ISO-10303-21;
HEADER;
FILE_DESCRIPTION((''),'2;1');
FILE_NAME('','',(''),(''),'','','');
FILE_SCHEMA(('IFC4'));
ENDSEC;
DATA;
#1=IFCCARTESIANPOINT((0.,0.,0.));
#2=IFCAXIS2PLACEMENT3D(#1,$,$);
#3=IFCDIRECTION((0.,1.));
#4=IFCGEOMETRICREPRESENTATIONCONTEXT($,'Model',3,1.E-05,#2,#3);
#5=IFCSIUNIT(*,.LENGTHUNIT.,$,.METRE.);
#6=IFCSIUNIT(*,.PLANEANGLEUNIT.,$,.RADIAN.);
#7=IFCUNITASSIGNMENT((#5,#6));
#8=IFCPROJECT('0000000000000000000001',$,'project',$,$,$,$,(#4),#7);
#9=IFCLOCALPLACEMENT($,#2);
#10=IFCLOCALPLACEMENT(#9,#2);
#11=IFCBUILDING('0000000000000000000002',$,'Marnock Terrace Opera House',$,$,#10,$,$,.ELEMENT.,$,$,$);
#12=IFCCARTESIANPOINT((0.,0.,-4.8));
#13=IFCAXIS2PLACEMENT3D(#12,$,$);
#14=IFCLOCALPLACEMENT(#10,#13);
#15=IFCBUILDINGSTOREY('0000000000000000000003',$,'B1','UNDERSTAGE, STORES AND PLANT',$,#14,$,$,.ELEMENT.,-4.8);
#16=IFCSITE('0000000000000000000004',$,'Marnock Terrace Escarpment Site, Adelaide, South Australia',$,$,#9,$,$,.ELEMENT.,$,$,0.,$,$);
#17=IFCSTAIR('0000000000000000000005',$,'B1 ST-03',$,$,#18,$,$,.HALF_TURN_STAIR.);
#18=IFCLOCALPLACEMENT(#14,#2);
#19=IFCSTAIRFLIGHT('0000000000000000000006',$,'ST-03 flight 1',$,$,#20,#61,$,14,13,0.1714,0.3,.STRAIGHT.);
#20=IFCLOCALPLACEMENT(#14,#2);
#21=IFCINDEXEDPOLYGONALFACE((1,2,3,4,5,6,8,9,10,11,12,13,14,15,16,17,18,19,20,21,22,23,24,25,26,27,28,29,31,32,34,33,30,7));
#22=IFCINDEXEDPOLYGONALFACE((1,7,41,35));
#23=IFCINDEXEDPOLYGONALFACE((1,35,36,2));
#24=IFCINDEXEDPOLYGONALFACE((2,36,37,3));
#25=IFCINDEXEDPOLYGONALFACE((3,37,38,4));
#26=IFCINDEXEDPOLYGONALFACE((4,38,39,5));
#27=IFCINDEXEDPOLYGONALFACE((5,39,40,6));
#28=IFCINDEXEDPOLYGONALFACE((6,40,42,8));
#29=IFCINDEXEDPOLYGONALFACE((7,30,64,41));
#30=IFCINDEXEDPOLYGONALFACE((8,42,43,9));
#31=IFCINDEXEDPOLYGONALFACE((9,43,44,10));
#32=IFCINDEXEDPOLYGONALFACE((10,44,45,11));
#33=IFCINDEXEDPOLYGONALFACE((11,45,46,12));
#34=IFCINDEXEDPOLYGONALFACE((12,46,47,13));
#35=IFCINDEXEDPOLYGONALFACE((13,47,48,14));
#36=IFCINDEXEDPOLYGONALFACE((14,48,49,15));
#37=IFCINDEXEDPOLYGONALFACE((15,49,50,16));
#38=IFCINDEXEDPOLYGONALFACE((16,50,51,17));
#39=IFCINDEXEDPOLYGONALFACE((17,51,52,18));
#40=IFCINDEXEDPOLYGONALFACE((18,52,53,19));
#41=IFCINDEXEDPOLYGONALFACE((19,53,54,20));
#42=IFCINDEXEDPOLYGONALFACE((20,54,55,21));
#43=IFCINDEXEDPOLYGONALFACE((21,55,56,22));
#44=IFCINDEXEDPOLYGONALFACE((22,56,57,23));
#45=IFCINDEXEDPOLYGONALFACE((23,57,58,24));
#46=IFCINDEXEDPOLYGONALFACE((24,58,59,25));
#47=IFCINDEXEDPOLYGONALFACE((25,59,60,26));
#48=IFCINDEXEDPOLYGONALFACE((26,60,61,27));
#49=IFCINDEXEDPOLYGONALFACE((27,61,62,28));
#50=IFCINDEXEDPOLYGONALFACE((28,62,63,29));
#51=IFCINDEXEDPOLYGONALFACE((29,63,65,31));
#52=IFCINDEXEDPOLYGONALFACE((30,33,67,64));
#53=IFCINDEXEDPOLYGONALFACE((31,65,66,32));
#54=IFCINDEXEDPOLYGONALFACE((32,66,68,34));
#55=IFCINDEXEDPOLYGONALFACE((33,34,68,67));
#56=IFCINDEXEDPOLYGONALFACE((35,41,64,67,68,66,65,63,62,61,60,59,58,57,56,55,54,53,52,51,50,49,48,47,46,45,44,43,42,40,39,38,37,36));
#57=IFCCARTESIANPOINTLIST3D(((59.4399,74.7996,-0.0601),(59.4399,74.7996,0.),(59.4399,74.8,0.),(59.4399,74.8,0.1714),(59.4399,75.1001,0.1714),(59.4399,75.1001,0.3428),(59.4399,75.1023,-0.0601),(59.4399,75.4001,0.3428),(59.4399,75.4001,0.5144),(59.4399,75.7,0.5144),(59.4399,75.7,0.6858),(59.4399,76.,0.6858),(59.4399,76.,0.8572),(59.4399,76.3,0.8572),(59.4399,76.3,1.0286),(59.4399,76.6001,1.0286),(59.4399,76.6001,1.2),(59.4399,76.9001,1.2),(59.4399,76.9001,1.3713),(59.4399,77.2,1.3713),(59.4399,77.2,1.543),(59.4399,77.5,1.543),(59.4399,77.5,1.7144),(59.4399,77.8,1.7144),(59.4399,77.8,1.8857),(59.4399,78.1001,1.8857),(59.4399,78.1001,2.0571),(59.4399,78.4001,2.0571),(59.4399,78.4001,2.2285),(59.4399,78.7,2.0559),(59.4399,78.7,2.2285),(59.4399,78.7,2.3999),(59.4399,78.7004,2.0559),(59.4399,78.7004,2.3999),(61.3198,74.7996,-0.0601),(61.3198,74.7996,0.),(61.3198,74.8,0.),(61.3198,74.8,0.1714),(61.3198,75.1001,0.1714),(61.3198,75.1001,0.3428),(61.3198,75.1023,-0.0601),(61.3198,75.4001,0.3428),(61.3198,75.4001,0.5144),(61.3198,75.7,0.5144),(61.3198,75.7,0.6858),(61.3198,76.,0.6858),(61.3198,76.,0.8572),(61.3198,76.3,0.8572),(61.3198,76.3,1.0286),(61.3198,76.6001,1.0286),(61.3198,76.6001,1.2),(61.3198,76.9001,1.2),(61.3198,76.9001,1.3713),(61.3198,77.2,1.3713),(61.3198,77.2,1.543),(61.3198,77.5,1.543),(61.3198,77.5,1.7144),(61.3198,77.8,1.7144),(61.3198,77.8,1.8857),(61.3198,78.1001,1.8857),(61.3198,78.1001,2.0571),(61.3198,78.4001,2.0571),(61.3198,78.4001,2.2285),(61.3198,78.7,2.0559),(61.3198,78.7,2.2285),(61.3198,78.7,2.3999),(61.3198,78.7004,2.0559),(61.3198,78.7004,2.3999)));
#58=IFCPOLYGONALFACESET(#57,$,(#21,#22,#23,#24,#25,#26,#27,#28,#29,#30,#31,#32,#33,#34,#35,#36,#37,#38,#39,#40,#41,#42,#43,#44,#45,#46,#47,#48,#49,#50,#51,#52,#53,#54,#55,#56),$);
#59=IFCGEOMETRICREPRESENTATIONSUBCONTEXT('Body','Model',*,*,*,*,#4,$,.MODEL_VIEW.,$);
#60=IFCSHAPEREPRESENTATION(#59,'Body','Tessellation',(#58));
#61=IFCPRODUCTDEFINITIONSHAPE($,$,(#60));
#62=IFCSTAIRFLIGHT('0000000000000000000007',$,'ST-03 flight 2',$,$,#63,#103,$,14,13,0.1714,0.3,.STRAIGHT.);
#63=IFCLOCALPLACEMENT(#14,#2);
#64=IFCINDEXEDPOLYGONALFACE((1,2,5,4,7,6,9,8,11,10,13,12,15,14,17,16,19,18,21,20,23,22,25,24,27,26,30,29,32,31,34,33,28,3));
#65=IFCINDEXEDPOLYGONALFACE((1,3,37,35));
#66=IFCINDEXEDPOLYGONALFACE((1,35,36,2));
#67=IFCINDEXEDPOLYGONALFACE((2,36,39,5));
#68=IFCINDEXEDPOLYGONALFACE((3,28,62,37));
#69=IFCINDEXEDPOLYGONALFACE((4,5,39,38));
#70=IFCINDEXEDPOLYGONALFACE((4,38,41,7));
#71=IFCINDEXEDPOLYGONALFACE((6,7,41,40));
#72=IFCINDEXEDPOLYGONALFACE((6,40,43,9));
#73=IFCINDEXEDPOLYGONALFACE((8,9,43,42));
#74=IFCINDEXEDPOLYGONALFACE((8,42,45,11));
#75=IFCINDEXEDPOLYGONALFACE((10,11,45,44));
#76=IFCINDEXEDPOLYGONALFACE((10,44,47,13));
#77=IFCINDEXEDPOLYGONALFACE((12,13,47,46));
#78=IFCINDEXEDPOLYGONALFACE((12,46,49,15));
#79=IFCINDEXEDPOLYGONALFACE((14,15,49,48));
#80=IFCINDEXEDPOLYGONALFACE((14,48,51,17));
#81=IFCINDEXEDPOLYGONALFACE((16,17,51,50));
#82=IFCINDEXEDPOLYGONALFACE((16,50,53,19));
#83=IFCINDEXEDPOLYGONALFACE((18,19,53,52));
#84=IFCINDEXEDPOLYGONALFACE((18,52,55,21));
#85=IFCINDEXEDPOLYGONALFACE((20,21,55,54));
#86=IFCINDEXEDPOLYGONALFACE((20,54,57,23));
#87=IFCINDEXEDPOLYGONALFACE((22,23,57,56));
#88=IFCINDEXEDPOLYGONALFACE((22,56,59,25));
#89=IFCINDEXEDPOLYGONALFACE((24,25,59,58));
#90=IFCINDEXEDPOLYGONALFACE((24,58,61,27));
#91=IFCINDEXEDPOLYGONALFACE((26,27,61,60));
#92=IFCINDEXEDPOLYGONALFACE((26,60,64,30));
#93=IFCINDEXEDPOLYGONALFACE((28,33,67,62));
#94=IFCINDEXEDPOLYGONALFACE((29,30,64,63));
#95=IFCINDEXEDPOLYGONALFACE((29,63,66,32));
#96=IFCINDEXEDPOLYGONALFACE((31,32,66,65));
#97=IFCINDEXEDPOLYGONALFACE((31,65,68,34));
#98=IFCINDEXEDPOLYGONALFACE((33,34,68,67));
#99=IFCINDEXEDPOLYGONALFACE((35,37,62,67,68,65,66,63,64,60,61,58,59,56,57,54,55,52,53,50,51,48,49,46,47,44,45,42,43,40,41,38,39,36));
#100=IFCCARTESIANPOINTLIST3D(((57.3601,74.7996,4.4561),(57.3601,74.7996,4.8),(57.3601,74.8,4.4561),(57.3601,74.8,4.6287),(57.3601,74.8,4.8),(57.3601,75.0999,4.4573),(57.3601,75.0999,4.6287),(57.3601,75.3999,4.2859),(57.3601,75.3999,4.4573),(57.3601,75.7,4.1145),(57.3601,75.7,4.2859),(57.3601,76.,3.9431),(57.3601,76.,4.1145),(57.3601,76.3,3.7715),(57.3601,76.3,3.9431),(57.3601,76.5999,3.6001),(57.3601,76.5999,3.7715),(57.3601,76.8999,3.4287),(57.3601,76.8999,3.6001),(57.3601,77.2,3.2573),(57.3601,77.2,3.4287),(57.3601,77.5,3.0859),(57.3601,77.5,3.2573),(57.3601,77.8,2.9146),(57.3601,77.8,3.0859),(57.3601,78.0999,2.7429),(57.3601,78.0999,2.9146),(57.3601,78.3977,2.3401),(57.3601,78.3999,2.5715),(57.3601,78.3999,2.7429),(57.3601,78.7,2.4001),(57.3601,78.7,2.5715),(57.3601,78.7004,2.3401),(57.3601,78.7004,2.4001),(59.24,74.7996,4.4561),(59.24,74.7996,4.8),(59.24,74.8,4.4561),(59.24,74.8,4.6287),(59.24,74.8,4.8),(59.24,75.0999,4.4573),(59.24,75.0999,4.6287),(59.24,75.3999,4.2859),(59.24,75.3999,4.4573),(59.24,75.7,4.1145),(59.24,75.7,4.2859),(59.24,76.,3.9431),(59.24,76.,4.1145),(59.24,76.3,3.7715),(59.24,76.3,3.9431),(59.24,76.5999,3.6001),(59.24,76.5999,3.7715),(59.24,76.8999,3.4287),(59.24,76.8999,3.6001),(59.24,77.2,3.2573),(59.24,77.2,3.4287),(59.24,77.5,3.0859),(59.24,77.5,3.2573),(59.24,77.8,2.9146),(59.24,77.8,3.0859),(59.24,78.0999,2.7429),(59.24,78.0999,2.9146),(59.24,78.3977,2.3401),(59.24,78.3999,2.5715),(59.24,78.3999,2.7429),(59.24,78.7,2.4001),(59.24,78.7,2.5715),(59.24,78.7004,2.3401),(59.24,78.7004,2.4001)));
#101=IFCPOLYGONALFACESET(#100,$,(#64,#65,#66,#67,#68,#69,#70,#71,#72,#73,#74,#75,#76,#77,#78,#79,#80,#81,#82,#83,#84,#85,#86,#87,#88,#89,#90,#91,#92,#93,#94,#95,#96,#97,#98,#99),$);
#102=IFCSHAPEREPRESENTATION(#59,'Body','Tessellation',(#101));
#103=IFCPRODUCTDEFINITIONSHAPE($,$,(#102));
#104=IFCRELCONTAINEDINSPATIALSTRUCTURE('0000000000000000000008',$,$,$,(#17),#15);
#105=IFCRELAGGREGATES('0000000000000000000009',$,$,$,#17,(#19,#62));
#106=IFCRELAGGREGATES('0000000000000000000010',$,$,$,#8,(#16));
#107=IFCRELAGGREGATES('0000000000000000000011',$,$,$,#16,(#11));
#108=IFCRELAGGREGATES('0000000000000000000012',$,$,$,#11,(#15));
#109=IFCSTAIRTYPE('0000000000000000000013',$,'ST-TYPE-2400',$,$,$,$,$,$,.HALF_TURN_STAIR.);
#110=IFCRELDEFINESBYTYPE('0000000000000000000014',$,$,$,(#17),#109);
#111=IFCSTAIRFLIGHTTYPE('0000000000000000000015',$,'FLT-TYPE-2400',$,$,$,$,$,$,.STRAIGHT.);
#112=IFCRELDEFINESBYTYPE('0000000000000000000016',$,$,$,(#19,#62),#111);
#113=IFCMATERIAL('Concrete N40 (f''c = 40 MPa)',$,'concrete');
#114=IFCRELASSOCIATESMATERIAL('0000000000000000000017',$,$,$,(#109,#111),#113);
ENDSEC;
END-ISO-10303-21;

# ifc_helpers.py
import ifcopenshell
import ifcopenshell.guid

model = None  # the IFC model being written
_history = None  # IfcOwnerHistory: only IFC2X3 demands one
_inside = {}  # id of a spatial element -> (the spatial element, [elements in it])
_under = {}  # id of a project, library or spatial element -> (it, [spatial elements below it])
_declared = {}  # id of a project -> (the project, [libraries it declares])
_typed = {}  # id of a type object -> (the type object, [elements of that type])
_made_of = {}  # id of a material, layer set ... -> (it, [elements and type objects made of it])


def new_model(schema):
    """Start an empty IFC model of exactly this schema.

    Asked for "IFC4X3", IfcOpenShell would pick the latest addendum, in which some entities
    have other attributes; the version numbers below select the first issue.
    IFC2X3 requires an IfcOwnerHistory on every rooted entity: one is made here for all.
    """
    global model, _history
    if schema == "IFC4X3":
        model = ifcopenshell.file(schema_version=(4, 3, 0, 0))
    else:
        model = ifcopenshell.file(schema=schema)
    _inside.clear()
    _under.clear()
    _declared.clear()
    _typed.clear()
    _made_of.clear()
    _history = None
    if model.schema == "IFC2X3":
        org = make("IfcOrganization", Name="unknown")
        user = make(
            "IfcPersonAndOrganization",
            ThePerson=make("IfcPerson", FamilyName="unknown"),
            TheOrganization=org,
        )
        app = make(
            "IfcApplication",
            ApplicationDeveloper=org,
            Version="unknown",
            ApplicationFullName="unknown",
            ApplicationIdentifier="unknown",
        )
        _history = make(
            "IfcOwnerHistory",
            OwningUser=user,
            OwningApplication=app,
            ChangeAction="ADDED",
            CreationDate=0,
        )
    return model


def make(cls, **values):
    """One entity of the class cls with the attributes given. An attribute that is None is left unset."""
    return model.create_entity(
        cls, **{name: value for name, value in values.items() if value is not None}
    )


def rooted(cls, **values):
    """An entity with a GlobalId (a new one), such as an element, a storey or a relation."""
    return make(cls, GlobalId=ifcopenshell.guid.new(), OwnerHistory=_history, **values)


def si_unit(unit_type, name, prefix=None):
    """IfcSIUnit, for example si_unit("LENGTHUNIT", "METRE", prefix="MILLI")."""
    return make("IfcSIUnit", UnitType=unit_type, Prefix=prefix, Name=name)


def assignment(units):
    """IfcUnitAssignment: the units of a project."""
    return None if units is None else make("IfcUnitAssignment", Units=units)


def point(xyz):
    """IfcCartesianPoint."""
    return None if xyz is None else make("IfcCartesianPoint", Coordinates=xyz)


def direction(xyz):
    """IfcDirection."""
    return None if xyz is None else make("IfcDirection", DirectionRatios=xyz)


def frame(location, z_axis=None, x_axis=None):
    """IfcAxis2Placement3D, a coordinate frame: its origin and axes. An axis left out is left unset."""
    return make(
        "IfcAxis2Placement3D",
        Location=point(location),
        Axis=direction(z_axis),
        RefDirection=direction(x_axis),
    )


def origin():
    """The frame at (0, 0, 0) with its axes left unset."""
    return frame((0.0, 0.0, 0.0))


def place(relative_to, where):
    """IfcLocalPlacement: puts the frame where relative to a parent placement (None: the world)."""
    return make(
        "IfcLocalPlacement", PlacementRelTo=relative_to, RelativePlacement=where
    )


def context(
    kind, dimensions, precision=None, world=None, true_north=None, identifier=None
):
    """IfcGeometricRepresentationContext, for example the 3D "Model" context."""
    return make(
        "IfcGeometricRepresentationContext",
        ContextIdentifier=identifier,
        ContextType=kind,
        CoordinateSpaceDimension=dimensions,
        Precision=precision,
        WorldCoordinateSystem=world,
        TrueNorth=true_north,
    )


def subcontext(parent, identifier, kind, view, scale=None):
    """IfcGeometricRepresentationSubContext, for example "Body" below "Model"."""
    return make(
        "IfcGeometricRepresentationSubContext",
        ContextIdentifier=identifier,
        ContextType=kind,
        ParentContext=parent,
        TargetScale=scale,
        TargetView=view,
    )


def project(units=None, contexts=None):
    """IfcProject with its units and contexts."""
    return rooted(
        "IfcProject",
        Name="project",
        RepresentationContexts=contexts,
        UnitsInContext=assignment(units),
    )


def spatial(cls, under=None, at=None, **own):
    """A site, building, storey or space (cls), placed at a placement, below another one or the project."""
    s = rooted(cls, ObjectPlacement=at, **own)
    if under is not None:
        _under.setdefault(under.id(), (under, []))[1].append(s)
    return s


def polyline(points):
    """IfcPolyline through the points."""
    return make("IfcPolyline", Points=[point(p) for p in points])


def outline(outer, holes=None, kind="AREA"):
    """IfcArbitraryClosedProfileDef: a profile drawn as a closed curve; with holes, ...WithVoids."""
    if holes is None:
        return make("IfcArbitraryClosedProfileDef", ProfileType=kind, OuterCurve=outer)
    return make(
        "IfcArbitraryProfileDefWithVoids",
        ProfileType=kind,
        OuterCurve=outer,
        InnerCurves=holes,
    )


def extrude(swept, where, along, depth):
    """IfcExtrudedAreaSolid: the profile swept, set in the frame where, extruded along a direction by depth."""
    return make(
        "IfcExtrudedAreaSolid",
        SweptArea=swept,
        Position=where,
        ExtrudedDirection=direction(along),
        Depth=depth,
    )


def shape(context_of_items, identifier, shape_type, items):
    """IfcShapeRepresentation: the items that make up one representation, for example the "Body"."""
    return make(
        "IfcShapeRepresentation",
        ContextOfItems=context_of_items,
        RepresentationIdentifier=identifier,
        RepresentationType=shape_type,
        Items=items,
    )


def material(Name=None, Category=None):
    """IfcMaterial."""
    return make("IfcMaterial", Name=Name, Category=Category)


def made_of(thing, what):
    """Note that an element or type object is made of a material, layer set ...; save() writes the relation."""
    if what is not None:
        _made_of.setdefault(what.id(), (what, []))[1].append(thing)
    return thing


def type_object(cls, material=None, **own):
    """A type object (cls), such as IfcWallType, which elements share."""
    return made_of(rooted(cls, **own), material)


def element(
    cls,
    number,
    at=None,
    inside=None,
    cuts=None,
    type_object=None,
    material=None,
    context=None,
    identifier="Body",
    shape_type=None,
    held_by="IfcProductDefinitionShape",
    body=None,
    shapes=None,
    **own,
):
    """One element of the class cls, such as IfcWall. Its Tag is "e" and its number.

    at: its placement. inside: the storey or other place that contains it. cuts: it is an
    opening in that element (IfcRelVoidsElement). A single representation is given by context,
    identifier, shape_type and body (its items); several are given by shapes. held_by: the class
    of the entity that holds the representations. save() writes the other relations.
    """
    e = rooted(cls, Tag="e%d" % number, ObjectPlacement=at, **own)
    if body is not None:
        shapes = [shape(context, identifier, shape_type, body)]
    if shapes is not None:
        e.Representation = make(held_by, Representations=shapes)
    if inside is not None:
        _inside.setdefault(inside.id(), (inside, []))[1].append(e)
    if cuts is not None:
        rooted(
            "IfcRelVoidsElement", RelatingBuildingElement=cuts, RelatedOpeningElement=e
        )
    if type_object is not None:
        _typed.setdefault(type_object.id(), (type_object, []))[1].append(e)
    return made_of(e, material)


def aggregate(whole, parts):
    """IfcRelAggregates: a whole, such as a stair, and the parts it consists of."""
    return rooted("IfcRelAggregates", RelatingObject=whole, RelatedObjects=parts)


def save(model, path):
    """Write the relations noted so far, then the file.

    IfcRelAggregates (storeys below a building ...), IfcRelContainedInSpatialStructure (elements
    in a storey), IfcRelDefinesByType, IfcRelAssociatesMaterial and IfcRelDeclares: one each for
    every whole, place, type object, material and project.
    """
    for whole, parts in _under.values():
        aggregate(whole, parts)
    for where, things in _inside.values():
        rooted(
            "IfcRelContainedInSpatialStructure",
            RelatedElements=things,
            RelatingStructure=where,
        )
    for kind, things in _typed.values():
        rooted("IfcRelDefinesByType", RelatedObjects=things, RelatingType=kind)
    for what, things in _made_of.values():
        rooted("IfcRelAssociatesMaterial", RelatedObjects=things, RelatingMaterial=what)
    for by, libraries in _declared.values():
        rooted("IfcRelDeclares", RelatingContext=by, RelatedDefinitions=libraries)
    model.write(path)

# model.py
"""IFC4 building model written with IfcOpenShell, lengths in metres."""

from ifc_helpers import new_model, si_unit, direction, frame, origin, place, context, subcontext, project, spatial, polyline, outline, extrude, material, type_object, element, aggregate, save


model = new_model("IFC4")

# Units and contexts
model_context = context("Model", 3, precision=1e-05, world=origin(), true_north=direction((0.0, 1.0)))
body_context = subcontext(model_context, "Body", "Model", "MODEL_VIEW")
ifc_project = project(units=[si_unit("LENGTHUNIT", "METRE"), si_unit("PLANEANGLEUNIT", "RADIAN")], contexts=[model_context])

# Site, building, storey
site_placement = place(None, origin())
site = spatial("IfcSite", under=ifc_project, at=site_placement, Name="Marnock Terrace Escarpment Site, Adelaide, South Australia", CompositionType="ELEMENT", RefElevation=0.0)
building_placement = place(site_placement, origin())
building = spatial("IfcBuilding", under=site, at=building_placement, Name="Marnock Terrace Opera House", CompositionType="ELEMENT")
storey_placement = place(building_placement, frame((0.0, 0.0, -4.8)))
storey = spatial("IfcBuildingStorey", under=building, at=storey_placement, Name="B1", Description="UNDERSTAGE, STORES AND PLANT", CompositionType="ELEMENT", Elevation=-4.8)

# Shared definitions
ifc_material_1 = material(Name="Concrete N40 (f'c = 40 MPa)", Category="concrete")

# Stair, stair flights
stair_type = type_object("IfcStairType", Name="ST-TYPE-2400", PredefinedType="HALF_TURN_STAIR", material=ifc_material_1)
stair_placement = place(storey_placement, origin())
stair = element("IfcStair", 1, at=stair_placement, inside=storey, type_object=stair_type, Name="B1 ST-03", PredefinedType="HALF_TURN_STAIR")
stair_flight_type = type_object("IfcStairFlightType", Name="FLT-TYPE-2400", PredefinedType="STRAIGHT", material=ifc_material_1)
stair_flight_1_placement = place(storey_placement, frame((60.3799, 74.8, 0.0), z_axis=(0.0, 0.0, 1.0), x_axis=(0.0, 1.0, 0.0)))
stair_flight_1 = element("IfcStairFlight", 2, at=stair_flight_1_placement, type_object=stair_flight_type, Name="ST-03 flight 1", NumberOfRisers=14, NumberOfTreads=13, PredefinedType="STRAIGHT", RiserHeight=0.1714, TreadLength=0.3, context=body_context, shape_type="SweptSolid", body=[
    extrude(outline(polyline([(-0.0005, -0.0601), (-0.0005, 0.0), (0.0, 0.0), (0.0, 0.1714), (0.3, 0.1714), (0.3, 0.3428), (0.6001, 0.3428), (0.6001, 0.5144), (0.8999, 0.5144), (0.8999, 0.6858), (1.2, 0.6858), (1.2, 0.8572), (1.5, 0.8572), (1.5, 1.0286), (1.8, 1.0286), (1.8, 1.2), (2.1001, 1.2), (2.1001, 1.3713), (2.3999, 1.3713), (2.3999, 1.543), (2.7, 1.543), (2.7, 1.7144), (3.0, 1.7144), (3.0, 1.8857), (3.3, 1.8857), (3.3, 2.0571), (3.6001, 2.0571), (3.6001, 2.2285), (3.8999, 2.2285), (3.8999, 2.3999), (3.9004, 2.3999), (3.9004, 2.0559), (3.8999, 2.0559), (0.3022, -0.0601), (-0.0005, -0.0601)])), frame((0.0, 0.9399, 0.0), z_axis=(0.0, -1.0, 0.0), x_axis=(1.0, 0.0, 0.0)), (0.0, 0.0, 1.0), 1.8799),
])
stair_flight_2_placement = place(storey_placement, frame((58.3, 78.7, 2.4001), z_axis=(0.0, 0.0, 1.0), x_axis=(0.0, -1.0, 0.0)))
stair_flight_2 = element("IfcStairFlight", 3, at=stair_flight_2_placement, type_object=stair_flight_type, Name="ST-03 flight 2", NumberOfRisers=14, NumberOfTreads=13, PredefinedType="STRAIGHT", RiserHeight=0.1714, TreadLength=0.3, context=body_context, shape_type="SweptSolid", body=[
    extrude(outline(polyline([(-0.0005, -0.0601), (-0.0005, 0.0), (0.0, 0.0), (0.0, 0.1714), (0.3, 0.1714), (0.3, 0.3428), (0.6001, 0.3428), (0.6001, 0.5144), (0.8999, 0.5144), (0.8999, 0.6858), (1.2, 0.6858), (1.2, 0.8572), (1.5, 0.8572), (1.5, 1.0286), (1.8, 1.0286), (1.8, 1.2), (2.1001, 1.2), (2.1001, 1.3713), (2.3999, 1.3713), (2.3999, 1.543), (2.7, 1.543), (2.7, 1.7144), (3.0, 1.7144), (3.0, 1.8857), (3.3, 1.8857), (3.3, 2.0571), (3.6001, 2.0571), (3.6001, 2.2285), (3.8999, 2.2285), (3.8999, 2.3999), (3.9004, 2.3999), (3.9004, 2.0559), (3.8999, 2.0559), (0.3022, -0.0601), (-0.0005, -0.0601)])), frame((0.0, 0.9399, 0.0), z_axis=(0.0, -1.0, 0.0), x_axis=(1.0, 0.0, 0.0)), (0.0, 0.0, 1.0), 1.8799),
])
aggregate(stair, [stair_flight_1, stair_flight_2])

save(model, "model.ifc")
